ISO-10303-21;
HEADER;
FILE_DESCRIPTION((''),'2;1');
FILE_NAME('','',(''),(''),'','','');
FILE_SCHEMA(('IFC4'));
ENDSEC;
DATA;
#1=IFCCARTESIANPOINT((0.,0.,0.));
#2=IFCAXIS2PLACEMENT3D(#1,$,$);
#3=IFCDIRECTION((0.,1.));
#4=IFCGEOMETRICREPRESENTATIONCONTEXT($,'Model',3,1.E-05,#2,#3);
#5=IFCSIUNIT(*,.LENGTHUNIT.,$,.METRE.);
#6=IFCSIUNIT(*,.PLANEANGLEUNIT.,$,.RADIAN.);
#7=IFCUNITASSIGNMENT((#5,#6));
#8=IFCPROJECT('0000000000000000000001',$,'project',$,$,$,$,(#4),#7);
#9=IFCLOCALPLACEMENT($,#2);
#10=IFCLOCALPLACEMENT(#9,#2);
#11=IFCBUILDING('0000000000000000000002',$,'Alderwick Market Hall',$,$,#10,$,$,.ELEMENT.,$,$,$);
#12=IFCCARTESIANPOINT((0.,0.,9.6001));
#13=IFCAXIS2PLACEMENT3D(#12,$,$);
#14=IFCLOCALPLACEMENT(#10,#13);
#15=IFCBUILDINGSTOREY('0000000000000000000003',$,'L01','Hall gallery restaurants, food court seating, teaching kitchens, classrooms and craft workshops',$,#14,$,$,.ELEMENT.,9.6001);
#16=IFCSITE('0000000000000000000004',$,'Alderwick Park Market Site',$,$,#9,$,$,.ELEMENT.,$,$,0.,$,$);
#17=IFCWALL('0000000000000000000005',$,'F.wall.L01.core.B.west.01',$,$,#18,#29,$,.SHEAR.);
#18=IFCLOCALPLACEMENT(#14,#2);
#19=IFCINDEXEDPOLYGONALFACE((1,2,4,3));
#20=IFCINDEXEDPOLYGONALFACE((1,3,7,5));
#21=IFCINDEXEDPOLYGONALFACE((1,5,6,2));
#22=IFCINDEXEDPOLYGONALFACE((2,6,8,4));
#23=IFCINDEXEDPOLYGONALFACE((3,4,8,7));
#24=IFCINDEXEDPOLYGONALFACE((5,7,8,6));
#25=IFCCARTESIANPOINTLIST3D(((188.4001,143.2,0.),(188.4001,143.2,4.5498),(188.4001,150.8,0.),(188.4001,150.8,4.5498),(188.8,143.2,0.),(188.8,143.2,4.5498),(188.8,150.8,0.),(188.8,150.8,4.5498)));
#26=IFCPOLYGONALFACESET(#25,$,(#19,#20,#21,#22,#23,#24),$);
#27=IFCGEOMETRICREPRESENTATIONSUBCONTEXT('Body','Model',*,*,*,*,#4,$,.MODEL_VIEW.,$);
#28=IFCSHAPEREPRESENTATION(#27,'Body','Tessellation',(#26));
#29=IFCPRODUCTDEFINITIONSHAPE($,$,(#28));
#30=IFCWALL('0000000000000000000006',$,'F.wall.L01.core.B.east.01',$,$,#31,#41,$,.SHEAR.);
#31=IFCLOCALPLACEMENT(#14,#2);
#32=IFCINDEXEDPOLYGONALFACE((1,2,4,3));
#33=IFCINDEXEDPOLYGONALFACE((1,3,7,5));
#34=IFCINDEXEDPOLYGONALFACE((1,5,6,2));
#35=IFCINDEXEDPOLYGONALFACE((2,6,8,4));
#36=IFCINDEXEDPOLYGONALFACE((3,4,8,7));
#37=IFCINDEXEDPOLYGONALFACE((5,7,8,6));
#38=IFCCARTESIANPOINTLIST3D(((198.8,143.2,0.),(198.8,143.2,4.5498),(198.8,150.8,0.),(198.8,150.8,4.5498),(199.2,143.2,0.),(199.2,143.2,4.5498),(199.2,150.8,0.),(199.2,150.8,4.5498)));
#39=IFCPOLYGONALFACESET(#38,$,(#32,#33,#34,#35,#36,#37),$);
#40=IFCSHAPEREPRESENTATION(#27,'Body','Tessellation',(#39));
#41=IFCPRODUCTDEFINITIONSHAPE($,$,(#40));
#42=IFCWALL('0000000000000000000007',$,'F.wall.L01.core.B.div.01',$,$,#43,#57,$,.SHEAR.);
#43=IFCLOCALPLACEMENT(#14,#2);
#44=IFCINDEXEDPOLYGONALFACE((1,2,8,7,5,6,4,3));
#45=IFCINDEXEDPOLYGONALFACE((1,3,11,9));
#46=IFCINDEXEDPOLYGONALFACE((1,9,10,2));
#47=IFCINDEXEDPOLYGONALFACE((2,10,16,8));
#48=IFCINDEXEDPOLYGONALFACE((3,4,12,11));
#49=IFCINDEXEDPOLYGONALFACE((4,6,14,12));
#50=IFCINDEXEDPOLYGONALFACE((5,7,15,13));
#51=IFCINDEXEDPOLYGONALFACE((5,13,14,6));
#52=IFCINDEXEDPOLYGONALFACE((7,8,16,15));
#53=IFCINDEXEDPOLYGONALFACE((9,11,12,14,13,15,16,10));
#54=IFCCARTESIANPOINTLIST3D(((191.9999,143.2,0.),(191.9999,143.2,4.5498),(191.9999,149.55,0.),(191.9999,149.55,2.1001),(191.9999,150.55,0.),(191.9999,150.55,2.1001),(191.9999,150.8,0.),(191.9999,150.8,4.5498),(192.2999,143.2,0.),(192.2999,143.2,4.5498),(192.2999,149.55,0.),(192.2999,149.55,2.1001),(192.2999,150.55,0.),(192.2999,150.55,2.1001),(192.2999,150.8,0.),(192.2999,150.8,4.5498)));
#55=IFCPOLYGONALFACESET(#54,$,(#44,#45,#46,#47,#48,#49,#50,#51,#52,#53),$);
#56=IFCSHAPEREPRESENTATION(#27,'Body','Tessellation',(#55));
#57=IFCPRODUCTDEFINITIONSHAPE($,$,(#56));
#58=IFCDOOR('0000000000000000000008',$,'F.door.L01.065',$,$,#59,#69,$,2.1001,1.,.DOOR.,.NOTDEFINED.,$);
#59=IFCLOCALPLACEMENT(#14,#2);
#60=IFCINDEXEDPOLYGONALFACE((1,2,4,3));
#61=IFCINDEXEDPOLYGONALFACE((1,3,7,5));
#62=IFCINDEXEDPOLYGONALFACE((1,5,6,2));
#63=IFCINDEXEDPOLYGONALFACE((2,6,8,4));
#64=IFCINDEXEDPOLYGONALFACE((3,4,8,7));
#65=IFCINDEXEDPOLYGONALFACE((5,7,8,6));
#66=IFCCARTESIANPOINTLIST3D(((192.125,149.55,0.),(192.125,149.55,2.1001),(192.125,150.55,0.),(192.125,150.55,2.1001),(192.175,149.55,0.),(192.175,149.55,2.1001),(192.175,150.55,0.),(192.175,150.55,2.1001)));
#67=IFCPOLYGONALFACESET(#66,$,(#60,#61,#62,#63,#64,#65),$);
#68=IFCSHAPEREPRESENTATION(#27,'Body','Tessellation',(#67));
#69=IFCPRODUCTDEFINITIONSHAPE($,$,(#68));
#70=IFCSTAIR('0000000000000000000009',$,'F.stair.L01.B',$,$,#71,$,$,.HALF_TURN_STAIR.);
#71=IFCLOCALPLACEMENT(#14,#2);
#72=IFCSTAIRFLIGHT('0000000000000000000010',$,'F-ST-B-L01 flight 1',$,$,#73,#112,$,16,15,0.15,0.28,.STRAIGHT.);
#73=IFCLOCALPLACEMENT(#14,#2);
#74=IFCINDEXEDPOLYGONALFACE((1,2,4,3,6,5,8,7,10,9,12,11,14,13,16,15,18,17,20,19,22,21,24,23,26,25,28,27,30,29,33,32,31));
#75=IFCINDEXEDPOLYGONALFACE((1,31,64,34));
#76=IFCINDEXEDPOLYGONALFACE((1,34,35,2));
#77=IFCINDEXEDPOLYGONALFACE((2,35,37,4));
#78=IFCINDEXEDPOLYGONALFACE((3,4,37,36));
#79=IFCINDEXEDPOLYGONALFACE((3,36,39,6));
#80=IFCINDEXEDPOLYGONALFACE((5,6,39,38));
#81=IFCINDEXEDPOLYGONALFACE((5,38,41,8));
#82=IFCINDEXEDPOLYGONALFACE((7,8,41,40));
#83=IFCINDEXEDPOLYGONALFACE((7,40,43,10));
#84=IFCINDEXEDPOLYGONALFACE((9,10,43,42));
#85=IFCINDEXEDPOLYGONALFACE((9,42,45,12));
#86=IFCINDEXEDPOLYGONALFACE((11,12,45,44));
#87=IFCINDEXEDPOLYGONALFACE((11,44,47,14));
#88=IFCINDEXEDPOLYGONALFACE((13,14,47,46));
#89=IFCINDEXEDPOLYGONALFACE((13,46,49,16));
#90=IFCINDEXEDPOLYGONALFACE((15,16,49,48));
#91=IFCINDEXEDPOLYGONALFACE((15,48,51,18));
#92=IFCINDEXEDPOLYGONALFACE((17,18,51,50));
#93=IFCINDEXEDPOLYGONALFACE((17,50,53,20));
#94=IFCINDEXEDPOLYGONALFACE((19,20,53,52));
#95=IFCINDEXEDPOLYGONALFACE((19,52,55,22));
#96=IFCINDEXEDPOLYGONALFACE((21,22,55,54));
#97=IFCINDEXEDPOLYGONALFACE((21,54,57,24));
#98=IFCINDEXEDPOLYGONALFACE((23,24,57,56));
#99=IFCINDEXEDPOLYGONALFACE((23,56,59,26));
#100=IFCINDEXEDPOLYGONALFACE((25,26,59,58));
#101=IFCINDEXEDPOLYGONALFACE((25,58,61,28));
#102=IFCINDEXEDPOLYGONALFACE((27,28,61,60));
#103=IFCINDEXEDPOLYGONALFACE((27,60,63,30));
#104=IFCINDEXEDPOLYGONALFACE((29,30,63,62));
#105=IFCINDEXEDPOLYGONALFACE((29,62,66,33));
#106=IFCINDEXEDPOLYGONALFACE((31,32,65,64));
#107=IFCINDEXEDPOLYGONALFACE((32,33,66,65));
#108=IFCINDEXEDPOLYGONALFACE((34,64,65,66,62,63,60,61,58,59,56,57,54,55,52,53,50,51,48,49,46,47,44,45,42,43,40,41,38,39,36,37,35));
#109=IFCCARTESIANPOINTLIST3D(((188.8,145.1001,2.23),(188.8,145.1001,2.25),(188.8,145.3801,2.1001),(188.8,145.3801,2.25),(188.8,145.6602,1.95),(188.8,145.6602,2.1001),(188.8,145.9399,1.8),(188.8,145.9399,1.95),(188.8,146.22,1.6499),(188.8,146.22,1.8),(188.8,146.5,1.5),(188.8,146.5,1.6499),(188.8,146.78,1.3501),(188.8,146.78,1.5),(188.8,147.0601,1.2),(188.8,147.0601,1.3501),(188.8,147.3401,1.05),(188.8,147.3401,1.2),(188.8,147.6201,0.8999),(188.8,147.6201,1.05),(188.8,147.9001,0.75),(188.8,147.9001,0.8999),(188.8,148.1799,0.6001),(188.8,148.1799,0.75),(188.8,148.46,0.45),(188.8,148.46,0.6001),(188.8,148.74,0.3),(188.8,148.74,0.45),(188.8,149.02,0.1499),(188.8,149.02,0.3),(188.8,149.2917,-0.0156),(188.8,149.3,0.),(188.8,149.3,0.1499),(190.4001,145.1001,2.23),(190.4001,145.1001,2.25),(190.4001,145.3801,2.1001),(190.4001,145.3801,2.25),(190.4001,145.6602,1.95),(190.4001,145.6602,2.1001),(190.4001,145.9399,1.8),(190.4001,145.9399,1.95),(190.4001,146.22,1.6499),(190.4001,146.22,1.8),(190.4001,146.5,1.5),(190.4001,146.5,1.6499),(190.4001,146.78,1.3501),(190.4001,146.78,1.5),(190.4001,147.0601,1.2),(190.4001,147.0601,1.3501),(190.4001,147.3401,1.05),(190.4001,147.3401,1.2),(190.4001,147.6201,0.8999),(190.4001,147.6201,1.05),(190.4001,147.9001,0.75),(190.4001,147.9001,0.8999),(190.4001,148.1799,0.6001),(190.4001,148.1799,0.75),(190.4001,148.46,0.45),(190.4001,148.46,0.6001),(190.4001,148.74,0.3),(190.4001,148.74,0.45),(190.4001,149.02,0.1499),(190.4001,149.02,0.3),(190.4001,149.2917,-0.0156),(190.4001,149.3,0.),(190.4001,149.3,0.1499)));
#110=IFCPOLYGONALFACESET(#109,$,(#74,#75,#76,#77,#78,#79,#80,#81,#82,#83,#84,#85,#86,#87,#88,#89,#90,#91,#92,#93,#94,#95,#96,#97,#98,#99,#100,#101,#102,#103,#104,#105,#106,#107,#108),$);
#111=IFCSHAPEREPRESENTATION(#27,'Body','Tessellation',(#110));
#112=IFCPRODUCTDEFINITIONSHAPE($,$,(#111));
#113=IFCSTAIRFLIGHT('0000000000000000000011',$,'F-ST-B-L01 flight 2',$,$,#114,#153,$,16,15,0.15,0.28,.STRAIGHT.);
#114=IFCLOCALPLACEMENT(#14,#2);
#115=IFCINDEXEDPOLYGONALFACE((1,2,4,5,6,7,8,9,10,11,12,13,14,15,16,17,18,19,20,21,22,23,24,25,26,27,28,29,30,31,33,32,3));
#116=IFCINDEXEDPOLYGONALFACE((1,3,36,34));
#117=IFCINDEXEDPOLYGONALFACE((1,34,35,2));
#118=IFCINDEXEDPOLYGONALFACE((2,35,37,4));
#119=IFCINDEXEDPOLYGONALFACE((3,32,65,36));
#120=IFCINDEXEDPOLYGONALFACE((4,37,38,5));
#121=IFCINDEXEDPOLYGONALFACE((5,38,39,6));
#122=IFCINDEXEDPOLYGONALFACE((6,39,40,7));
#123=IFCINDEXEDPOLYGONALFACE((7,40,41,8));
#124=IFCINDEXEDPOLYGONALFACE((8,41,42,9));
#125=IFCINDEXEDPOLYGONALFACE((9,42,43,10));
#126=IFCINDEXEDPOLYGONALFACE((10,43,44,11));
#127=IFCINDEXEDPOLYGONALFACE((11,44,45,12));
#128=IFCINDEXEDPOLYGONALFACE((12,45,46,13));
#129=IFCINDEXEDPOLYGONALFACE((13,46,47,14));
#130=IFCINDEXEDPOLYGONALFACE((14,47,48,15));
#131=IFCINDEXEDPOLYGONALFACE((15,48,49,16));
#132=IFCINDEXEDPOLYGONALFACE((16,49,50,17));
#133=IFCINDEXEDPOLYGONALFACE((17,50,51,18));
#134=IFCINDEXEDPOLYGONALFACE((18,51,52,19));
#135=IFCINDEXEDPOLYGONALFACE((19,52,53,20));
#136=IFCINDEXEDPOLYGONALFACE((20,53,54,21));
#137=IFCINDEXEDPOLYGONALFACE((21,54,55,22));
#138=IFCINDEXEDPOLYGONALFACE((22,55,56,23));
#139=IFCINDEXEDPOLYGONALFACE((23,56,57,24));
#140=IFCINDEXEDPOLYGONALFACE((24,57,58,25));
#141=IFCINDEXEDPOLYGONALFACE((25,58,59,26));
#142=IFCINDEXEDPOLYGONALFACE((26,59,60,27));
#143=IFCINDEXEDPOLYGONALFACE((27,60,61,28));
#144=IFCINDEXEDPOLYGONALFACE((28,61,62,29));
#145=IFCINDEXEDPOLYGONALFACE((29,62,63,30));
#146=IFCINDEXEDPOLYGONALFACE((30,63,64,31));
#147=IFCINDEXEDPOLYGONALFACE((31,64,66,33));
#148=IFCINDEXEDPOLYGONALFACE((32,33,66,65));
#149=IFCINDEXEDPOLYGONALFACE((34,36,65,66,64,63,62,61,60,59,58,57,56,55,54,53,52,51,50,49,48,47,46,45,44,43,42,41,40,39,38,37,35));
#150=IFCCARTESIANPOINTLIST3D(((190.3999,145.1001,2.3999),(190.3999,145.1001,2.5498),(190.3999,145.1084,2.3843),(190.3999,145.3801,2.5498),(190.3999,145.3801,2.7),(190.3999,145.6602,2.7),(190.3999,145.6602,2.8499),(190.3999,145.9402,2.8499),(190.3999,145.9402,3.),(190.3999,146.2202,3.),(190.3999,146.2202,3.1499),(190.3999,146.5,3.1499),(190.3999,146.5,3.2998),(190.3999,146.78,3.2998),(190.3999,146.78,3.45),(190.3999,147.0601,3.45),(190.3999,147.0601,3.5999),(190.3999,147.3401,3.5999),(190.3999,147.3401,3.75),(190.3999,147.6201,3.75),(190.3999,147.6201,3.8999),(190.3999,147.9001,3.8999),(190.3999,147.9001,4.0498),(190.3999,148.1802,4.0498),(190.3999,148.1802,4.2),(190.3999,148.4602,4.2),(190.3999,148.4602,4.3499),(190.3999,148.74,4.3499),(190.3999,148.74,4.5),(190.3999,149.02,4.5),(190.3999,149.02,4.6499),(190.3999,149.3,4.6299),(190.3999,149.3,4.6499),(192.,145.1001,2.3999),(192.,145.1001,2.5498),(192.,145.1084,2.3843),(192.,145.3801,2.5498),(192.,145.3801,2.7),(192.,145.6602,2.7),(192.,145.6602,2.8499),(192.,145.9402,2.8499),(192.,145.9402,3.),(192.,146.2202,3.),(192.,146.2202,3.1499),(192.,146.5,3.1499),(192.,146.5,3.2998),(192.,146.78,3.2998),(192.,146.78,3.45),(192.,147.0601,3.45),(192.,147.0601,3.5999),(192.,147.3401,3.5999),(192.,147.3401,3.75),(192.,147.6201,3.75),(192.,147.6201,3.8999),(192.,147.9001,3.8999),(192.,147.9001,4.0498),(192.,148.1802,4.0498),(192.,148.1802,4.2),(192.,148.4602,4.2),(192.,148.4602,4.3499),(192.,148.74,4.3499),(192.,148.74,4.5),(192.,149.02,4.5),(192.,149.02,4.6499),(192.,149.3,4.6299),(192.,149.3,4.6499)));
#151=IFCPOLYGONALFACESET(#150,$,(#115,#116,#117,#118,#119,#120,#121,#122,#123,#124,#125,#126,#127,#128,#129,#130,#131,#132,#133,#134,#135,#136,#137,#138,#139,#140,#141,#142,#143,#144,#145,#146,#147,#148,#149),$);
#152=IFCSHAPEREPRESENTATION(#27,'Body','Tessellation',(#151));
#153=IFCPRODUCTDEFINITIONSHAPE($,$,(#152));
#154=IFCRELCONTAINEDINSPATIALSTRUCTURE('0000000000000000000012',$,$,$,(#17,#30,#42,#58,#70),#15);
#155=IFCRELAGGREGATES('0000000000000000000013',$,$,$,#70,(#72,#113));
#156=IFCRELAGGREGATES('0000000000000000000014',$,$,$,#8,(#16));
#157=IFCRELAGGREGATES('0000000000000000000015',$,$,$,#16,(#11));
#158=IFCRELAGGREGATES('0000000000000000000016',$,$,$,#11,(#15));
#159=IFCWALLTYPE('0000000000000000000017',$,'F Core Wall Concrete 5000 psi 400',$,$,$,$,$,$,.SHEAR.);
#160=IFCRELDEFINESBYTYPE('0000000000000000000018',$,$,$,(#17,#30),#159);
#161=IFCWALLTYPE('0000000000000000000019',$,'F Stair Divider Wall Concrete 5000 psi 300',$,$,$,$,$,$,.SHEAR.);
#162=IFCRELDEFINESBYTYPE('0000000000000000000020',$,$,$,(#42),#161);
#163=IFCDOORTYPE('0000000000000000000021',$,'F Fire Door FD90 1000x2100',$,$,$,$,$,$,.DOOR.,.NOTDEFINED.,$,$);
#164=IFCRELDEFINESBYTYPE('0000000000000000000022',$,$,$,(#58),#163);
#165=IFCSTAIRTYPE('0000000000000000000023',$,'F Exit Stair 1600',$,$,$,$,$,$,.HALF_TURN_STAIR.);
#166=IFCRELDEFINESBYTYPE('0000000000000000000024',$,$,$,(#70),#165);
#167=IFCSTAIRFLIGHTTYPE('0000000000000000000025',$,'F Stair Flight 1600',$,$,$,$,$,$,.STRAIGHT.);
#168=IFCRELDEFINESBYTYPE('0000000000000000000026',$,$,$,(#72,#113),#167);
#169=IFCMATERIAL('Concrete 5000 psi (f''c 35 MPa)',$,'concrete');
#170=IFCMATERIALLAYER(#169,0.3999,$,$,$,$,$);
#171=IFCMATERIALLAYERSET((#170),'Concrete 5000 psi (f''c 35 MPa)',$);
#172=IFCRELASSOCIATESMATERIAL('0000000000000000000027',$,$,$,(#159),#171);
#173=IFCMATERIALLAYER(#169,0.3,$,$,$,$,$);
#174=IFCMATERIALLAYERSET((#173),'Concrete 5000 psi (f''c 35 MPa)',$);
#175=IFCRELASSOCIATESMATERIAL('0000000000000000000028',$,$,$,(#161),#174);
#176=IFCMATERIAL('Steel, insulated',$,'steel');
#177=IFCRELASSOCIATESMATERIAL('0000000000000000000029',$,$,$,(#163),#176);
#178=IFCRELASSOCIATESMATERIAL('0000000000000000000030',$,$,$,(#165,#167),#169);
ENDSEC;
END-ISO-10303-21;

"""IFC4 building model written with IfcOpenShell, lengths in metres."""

from ifc_helpers import new_model, si_unit, direction, frame, frame_2d, origin, place, context, subcontext, project, spatial, polyline, rectangle, outline, extrude, material, layer, layer_set, type_object, element, fill, aggregate, save


model = new_model("IFC4")

# Units and contexts
model_context = context("Model", 3, precision=1e-05, world=origin(), true_north=direction((0.0, 1.0)))
body_context = subcontext(model_context, "Body", "Model", "MODEL_VIEW")
ifc_project = project(units=[si_unit("LENGTHUNIT", "METRE"), si_unit("PLANEANGLEUNIT", "RADIAN")], contexts=[model_context])

# Site, building, storey
site_placement = place(None, origin())
site = spatial("IfcSite", under=ifc_project, at=site_placement, Name="Alderwick Park Market Site", CompositionType="ELEMENT", RefElevation=0.0)
building_placement = place(site_placement, origin())
building = spatial("IfcBuilding", under=site, at=building_placement, Name="Alderwick Market Hall", CompositionType="ELEMENT")
storey_placement = place(building_placement, frame((0.0, 0.0, 9.6001)))
storey = spatial("IfcBuildingStorey", under=building, at=storey_placement, Name="L01", Description="Hall gallery restaurants, food court seating, teaching kitchens, classrooms and craft workshops", CompositionType="ELEMENT", Elevation=9.6001)

# Shared definitions
ifc_material_1 = material(Name="Concrete 5000 psi (f'c 35 MPa)", Category="concrete")

# Shared definitions
ifc_layer_1 = layer(ifc_material_1, 0.3999)
ifc_layer_set_1 = layer_set([ifc_layer_1], Name="Concrete 5000 psi (f'c 35 MPa)")
wall_type_1 = type_object("IfcWallType", Name="F Core Wall Concrete 5000 psi 400", PredefinedType="SHEAR", material=ifc_layer_set_1)

# Shared definitions
ifc_material_2 = material(Name="Steel, insulated", Category="steel")

# Walls
for number, where, z_axis, x_axis, name in (
    (1, (188.6001, 143.2, 0.0), (0.0, 0.0, 1.0), (0.0, 1.0, 0.0), "F.wall.L01.core.B.west.01"),
    (2, (199.0, 143.2, 0.0), (0.0, 0.0, 1.0), (0.0, 1.0, 0.0), "F.wall.L01.core.B.east.01"),
):
    element("IfcWall", number, at=place(storey_placement, frame(where, z_axis=z_axis, x_axis=x_axis)), inside=storey, type_object=wall_type_1, Name=name, PredefinedType="SHEAR", context=body_context, shape_type="SweptSolid", body=[
        extrude(rectangle(XDim=7.6001, YDim=0.3999, at=frame_2d((3.8, 0.0))), origin(), (0.0, 0.0, 1.0), 4.5498),
    ])

# Wall, opening, door
ifc_layer_2 = layer(ifc_material_1, 0.3)
ifc_layer_set_2 = layer_set([ifc_layer_2], Name="Concrete 5000 psi (f'c 35 MPa)")
wall_type_2 = type_object("IfcWallType", Name="F Stair Divider Wall Concrete 5000 psi 300", PredefinedType="SHEAR", material=ifc_layer_set_2)
wall_1_placement = place(storey_placement, frame((192.1499, 143.2, 0.0), z_axis=(0.0, 0.0, 1.0), x_axis=(0.0, 1.0, 0.0)))
wall_1 = element("IfcWall", 3, at=wall_1_placement, inside=storey, type_object=wall_type_2, Name="F.wall.L01.core.B.div.01", PredefinedType="SHEAR", context=body_context, shape_type="SweptSolid", body=[
    extrude(rectangle(XDim=7.6001, YDim=0.3, at=frame_2d((3.8, 0.0))), origin(), (0.0, 0.0, 1.0), 4.5498),
])
opening_1_placement = place(wall_1_placement, frame((6.3501, 0.0, 0.0)))
opening_1 = element("IfcOpeningElement", 4, at=opening_1_placement, cuts=wall_1, PredefinedType="OPENING", context=body_context, shape_type="SweptSolid", body=[
    extrude(rectangle(XDim=1.0, YDim=2.1001, at=frame_2d((0.5, 1.05))), frame((0.0, 0.1599, 0.0), z_axis=(0.0, -1.0, 0.0), x_axis=(1.0, 0.0, 0.0)), (0.0, 0.0, 1.0), 0.3201),
])
door_type_1 = type_object("IfcDoorType", Name="F Fire Door FD90 1000x2100", OperationType="NOTDEFINED", PredefinedType="DOOR", material=ifc_material_2)
door_1_placement = place(opening_1_placement, origin())
door_1 = element("IfcDoor", 5, at=door_1_placement, inside=storey, type_object=door_type_1, Name="F.door.L01.065", OperationType="NOTDEFINED", OverallHeight=2.1001, OverallWidth=1.0, PredefinedType="DOOR", context=body_context, shape_type="SweptSolid", body=[
    extrude(rectangle(XDim=1.0, YDim=2.1001, at=frame_2d((0.5, 1.05))), frame((0.0, 0.0249, 0.0), z_axis=(0.0, -1.0, 0.0), x_axis=(1.0, 0.0, 0.0)), (0.0, 0.0, 1.0), 0.05),
])
fill(opening_1, door_1)

# Stair, stair flights
stair_type = type_object("IfcStairType", Name="F Exit Stair 1600", PredefinedType="HALF_TURN_STAIR", material=ifc_material_1)
stair_placement = place(storey_placement, origin())
stair = element("IfcStair", 6, at=stair_placement, inside=storey, type_object=stair_type, Name="F.stair.L01.B", PredefinedType="HALF_TURN_STAIR")
stair_flight_type = type_object("IfcStairFlightType", Name="F Stair Flight 1600", PredefinedType="STRAIGHT", material=ifc_material_1)
stair_flight_1_placement = place(storey_placement, frame((189.6001, 149.3, 0.0), z_axis=(0.0, 0.0, 1.0), x_axis=(0.0, -1.0, 0.0)))
stair_flight_1 = element("IfcStairFlight", 7, at=stair_flight_1_placement, type_object=stair_flight_type, Name="F-ST-B-L01 flight 1", NumberOfRisers=16, NumberOfTreads=15, PredefinedType="STRAIGHT", RiserHeight=0.15, TreadLength=0.28, context=body_context, shape_type="SweptSolid", body=[
    extrude(outline(polyline([(0.0083, -0.0156), (0.0, 0.0), (0.0, 0.1499), (0.28, 0.1499), (0.28, 0.3), (0.5601, 0.3), (0.5601, 0.45), (0.8401, 0.45), (0.8401, 0.6001), (1.1201, 0.6001), (1.1201, 0.75), (1.3999, 0.75), (1.3999, 0.8999), (1.6799, 0.8999), (1.6799, 1.05), (1.96, 1.05), (1.96, 1.2), (2.24, 1.2), (2.24, 1.3501), (2.52, 1.3501), (2.52, 1.5), (2.8, 1.5), (2.8, 1.6499), (3.0801, 1.6499), (3.0801, 1.8), (3.3601, 1.8), (3.3601, 1.95), (3.6399, 1.95), (3.6399, 2.1001), (3.9199, 2.1001), (3.9199, 2.25), (4.2, 2.25), (4.2, 2.23), (0.0083, -0.0156)])), frame((0.0, 0.8, 0.0), z_axis=(0.0, -1.0, 0.0), x_axis=(1.0, 0.0, 0.0)), (0.0, 0.0, 1.0), 1.6001),
])
stair_flight_2_placement = place(storey_placement, frame((191.2, 145.1001, 2.3999), z_axis=(0.0, 0.0, 1.0), x_axis=(0.0, 1.0, 0.0)))
stair_flight_2 = element("IfcStairFlight", 8, at=stair_flight_2_placement, type_object=stair_flight_type, Name="F-ST-B-L01 flight 2", NumberOfRisers=16, NumberOfTreads=15, PredefinedType="STRAIGHT", RiserHeight=0.15, TreadLength=0.28, context=body_context, shape_type="SweptSolid", body=[
    extrude(outline(polyline([(0.0083, -0.0156), (0.0, 0.0), (0.0, 0.1499), (0.28, 0.1499), (0.28, 0.3), (0.5601, 0.3), (0.5601, 0.45), (0.8401, 0.45), (0.8401, 0.6001), (1.1201, 0.6001), (1.1201, 0.75), (1.3999, 0.75), (1.3999, 0.8999), (1.6799, 0.8999), (1.6799, 1.05), (1.96, 1.05), (1.96, 1.2), (2.24, 1.2), (2.24, 1.3501), (2.52, 1.3501), (2.52, 1.5), (2.8, 1.5), (2.8, 1.6499), (3.0801, 1.6499), (3.0801, 1.8), (3.3601, 1.8), (3.3601, 1.95), (3.6399, 1.95), (3.6399, 2.1001), (3.9199, 2.1001), (3.9199, 2.25), (4.2, 2.25), (4.2, 2.23), (0.0083, -0.0156)])), frame((0.0, 0.8, 0.0), z_axis=(0.0, -1.0, 0.0), x_axis=(1.0, 0.0, 0.0)), (0.0, 0.0, 1.0), 1.6001),
])
aggregate(stair, [stair_flight_1, stair_flight_2])

save(model, "model.ifc")
